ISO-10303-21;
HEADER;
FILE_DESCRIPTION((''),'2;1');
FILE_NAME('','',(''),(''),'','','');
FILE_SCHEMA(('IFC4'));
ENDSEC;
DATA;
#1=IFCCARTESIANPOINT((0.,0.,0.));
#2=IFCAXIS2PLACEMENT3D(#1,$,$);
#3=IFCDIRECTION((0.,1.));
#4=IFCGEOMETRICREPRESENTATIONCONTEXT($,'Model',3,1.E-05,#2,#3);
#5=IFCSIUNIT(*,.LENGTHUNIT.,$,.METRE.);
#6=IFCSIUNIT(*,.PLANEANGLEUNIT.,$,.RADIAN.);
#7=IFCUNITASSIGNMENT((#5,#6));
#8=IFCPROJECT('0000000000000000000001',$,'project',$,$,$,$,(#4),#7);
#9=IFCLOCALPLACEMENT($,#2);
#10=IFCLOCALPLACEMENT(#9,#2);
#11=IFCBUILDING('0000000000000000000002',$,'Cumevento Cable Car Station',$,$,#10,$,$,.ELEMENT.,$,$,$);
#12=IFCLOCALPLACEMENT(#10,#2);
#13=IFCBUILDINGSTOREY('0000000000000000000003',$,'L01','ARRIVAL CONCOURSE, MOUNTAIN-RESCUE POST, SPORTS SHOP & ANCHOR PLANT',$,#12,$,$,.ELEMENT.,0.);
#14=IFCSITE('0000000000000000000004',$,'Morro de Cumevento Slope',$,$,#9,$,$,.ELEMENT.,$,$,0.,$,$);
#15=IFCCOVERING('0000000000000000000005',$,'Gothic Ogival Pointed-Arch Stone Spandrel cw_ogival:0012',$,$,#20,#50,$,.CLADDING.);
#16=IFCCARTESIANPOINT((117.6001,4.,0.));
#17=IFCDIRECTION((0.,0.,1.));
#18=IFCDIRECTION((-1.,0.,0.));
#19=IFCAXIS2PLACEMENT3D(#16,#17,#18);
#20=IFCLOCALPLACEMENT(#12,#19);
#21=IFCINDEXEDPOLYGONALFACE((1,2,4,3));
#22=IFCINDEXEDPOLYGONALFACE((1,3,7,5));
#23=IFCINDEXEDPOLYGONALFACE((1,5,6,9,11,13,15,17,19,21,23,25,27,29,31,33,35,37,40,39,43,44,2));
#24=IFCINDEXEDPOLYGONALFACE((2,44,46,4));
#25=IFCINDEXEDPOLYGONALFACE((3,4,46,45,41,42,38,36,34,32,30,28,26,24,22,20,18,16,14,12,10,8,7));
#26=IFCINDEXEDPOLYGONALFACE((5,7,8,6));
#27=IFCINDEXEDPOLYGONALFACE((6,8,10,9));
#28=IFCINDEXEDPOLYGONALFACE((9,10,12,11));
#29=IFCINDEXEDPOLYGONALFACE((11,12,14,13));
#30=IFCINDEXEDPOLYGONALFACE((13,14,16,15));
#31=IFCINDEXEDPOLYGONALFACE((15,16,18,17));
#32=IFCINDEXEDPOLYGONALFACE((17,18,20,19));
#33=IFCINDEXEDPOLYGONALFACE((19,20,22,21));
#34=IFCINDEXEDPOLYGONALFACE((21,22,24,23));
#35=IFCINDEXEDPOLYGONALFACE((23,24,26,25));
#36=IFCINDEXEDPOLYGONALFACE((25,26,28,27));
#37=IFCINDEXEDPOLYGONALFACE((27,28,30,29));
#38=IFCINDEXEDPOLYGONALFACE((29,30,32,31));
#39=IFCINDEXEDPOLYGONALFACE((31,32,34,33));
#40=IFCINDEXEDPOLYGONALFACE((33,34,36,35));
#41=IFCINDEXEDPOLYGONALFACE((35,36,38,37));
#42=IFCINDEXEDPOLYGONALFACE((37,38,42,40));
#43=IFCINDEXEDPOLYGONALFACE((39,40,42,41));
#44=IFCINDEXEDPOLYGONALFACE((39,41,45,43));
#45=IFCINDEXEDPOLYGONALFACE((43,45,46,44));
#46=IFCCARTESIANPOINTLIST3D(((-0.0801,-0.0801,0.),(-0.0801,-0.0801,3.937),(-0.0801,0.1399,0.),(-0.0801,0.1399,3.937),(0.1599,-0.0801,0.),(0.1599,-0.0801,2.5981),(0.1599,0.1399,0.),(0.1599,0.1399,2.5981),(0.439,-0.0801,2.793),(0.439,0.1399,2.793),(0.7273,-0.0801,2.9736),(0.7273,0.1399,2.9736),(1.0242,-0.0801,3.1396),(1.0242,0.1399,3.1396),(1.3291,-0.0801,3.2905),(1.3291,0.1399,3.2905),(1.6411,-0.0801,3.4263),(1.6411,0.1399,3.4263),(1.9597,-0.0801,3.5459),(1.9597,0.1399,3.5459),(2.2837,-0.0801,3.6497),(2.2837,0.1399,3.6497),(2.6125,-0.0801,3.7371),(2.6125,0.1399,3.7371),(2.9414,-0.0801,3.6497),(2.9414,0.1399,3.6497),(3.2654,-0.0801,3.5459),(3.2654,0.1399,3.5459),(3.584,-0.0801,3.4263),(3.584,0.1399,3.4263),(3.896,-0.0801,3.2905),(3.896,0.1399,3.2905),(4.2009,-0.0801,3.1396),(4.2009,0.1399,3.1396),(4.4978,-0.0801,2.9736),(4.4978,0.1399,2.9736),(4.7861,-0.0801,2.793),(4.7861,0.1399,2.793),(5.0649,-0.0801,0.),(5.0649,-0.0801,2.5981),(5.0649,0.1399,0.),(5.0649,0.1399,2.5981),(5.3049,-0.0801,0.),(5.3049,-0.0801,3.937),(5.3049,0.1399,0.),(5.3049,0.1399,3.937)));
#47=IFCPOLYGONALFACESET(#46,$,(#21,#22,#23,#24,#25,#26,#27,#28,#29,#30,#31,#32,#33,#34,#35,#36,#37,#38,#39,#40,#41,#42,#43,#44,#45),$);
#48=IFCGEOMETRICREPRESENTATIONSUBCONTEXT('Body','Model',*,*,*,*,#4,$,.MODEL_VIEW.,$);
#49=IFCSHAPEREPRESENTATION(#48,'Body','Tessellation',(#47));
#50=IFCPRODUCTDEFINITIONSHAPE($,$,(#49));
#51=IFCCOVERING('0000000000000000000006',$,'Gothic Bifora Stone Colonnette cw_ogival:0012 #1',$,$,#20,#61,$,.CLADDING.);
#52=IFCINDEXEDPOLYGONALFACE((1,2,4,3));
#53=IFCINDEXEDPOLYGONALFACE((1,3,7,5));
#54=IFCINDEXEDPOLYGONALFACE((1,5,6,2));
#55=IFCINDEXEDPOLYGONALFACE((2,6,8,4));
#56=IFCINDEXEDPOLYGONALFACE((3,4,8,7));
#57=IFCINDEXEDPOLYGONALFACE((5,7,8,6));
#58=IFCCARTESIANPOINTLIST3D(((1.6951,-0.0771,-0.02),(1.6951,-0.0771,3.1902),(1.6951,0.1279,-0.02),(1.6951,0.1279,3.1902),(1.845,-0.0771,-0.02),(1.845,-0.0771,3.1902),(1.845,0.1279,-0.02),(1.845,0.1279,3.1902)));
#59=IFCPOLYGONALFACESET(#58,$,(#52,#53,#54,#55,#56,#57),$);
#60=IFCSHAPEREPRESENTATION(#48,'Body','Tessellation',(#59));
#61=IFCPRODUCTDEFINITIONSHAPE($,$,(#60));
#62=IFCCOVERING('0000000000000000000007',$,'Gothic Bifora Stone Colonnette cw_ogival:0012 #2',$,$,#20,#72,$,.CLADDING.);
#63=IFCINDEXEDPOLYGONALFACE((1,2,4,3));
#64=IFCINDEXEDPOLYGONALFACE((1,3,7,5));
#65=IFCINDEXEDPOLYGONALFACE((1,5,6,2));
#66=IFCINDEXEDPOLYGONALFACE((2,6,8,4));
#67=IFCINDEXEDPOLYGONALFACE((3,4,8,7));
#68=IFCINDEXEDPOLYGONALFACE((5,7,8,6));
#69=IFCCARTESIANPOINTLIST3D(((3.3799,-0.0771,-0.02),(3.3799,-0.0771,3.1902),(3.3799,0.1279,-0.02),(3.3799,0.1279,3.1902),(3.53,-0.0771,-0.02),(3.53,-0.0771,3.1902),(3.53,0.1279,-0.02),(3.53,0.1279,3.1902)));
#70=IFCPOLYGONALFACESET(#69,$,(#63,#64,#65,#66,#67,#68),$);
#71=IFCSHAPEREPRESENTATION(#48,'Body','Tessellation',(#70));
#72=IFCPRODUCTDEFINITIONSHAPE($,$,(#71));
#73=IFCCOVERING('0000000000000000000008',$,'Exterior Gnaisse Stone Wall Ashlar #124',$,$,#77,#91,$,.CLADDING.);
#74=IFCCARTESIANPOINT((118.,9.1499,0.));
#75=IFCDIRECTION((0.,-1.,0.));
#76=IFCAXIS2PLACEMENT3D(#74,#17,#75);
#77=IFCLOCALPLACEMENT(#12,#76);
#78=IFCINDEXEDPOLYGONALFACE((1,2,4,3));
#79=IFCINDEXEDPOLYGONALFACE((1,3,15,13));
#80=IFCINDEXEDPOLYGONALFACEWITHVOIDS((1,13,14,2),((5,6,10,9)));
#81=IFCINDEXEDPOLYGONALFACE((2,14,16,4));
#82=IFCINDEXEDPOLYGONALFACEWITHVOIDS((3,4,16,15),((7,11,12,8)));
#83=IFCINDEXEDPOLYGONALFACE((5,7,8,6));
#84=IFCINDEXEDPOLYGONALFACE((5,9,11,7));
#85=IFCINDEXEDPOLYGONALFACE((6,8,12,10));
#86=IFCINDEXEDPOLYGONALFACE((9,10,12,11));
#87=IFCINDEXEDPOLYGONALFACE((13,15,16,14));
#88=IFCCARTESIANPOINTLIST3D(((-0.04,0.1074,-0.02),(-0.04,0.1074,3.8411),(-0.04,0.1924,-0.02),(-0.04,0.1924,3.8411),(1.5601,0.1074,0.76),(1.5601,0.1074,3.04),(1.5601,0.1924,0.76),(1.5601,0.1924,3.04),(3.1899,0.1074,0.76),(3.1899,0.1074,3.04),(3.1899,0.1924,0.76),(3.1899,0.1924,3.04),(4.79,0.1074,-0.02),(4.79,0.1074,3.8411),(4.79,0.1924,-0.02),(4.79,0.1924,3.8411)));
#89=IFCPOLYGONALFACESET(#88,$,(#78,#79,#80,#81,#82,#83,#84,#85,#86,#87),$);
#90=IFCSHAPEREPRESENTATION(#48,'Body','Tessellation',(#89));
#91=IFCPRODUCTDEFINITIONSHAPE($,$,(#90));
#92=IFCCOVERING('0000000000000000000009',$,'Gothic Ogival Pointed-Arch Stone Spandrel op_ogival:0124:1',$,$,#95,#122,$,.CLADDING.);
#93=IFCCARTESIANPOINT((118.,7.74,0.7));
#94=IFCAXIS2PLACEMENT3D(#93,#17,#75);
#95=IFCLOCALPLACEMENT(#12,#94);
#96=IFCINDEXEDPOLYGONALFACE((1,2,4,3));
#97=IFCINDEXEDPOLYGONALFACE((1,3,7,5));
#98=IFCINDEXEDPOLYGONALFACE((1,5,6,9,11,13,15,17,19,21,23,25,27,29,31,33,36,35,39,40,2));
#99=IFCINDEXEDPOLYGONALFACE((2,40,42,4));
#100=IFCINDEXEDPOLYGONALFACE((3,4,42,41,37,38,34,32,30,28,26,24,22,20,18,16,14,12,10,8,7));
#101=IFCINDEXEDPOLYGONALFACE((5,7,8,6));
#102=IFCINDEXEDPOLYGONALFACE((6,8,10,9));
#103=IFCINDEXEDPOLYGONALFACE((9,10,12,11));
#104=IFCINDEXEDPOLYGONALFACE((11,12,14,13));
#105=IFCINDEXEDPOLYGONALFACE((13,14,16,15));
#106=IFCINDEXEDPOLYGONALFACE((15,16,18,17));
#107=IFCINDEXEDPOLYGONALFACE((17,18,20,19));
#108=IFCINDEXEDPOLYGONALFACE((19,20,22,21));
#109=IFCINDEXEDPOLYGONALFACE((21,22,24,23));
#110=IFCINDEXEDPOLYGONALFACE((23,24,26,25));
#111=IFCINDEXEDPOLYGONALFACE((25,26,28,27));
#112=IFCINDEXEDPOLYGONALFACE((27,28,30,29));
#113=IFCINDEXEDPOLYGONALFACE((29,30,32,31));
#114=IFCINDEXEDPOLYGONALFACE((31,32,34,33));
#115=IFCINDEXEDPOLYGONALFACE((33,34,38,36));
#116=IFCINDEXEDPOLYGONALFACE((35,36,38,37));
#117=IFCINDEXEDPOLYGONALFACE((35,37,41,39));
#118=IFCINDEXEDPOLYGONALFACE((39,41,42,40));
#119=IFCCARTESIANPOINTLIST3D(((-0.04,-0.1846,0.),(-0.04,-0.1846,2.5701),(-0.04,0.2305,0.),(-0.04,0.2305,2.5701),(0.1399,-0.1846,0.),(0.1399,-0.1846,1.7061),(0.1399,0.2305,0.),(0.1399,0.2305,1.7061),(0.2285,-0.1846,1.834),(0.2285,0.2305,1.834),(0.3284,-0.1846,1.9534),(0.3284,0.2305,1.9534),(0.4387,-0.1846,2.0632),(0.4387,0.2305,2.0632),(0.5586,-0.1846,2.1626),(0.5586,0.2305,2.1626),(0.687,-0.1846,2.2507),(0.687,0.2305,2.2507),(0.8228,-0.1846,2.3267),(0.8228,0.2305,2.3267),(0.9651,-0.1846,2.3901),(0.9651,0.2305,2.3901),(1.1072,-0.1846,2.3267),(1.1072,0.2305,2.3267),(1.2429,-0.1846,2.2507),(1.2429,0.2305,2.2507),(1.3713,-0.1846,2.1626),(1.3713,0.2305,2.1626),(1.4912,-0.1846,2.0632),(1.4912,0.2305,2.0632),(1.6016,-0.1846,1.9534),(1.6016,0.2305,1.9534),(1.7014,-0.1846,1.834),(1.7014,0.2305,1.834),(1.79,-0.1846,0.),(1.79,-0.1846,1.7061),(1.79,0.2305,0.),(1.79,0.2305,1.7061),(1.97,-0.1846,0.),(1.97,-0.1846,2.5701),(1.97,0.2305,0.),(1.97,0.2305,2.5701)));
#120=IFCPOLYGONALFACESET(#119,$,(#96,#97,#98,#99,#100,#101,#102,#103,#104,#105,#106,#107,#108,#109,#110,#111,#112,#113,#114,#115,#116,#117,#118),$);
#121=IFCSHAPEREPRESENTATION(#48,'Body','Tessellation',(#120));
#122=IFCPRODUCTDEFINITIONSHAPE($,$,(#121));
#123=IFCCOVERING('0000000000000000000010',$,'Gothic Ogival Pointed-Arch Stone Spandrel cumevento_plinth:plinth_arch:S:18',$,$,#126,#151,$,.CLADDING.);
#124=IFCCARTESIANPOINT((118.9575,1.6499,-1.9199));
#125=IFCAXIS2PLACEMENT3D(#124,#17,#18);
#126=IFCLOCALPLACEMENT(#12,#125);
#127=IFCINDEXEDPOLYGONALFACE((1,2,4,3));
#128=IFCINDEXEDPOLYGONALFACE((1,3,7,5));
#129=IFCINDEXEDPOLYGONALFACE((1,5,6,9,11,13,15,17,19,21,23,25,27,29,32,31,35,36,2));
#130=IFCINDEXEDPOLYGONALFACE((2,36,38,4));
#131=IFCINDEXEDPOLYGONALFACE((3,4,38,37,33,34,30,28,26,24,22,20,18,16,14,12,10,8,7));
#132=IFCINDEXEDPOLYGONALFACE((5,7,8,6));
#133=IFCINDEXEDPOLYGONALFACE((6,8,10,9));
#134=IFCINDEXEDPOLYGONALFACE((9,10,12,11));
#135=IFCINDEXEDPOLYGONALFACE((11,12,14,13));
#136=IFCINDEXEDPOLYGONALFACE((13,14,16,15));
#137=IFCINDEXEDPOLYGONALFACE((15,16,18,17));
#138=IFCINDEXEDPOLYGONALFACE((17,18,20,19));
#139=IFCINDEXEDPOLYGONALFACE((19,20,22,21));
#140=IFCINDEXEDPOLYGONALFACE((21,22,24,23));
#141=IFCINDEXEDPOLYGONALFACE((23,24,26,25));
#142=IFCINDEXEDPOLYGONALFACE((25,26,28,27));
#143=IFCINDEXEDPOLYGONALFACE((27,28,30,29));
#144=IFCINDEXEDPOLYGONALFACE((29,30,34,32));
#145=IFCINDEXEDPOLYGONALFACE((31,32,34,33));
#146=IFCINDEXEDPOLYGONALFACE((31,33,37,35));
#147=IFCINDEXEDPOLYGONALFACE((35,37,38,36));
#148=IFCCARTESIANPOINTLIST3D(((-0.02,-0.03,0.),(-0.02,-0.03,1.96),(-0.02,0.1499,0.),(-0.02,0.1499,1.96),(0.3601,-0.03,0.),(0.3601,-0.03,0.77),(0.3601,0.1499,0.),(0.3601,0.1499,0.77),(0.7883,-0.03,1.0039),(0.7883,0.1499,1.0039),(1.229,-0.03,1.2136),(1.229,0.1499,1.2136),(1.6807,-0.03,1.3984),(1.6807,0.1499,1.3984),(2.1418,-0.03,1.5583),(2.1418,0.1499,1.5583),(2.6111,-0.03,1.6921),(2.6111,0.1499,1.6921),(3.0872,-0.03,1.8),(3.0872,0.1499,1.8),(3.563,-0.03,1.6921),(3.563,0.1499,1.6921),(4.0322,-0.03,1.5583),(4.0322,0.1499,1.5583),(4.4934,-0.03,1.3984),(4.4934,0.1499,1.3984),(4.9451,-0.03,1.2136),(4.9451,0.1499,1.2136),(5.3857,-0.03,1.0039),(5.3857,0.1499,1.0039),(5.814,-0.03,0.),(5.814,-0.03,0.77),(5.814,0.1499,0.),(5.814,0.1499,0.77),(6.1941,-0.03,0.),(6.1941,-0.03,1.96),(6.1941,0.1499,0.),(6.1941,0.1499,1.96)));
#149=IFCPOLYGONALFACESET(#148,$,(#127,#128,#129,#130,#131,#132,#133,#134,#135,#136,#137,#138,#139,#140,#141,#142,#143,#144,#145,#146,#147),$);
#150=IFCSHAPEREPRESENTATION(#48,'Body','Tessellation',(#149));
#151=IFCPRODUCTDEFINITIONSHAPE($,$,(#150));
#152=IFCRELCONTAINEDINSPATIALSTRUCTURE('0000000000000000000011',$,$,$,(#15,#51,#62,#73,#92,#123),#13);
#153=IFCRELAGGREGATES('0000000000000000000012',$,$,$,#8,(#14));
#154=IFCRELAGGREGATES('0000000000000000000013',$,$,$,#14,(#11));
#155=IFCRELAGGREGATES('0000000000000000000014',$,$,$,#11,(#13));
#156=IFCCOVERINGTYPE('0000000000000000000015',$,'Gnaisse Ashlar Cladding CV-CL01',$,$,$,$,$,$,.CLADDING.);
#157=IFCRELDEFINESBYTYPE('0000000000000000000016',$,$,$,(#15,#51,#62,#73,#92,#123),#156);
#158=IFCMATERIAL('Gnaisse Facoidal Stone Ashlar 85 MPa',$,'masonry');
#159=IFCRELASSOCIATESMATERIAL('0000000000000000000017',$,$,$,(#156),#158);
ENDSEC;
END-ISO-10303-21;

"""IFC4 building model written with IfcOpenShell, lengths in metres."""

from ifc_helpers import new_model, si_unit, direction, frame, origin, place, context, subcontext, project, spatial, polyline, outline, extrude, material, type_object, element, save


model = new_model("IFC4")

# Units and contexts
model_context = context("Model", 3, precision=1e-05, world=origin(), true_north=direction((0.0, 1.0)))
body_context = subcontext(model_context, "Body", "Model", "MODEL_VIEW")
ifc_project = project(units=[si_unit("LENGTHUNIT", "METRE"), si_unit("PLANEANGLEUNIT", "RADIAN")], contexts=[model_context])

# Site, building, storey
site_placement = place(None, origin())
site = spatial("IfcSite", under=ifc_project, at=site_placement, Name="Morro de Cumevento Slope", CompositionType="ELEMENT", RefElevation=0.0)
building_placement = place(site_placement, origin())
building = spatial("IfcBuilding", under=site, at=building_placement, Name="Cumevento Cable Car Station", CompositionType="ELEMENT")
storey_placement = place(building_placement, origin())
storey = spatial("IfcBuildingStorey", under=building, at=storey_placement, Name="L01", Description="ARRIVAL CONCOURSE, MOUNTAIN-RESCUE POST, SPORTS SHOP & ANCHOR PLANT", CompositionType="ELEMENT", Elevation=0.0)

# Coverings
ifc_material_1 = material(Name="Gnaisse Facoidal Stone Ashlar 85 MPa", Category="masonry")
covering_type = type_object("IfcCoveringType", Name="Gnaisse Ashlar Cladding CV-CL01", PredefinedType="CLADDING", material=ifc_material_1)
placement = place(storey_placement, frame((117.6001, 4.0, 0.0), z_axis=(0.0, 0.0, 1.0), x_axis=(-1.0, 0.0, 0.0)))
element("IfcCovering", 1, at=placement, inside=storey, type_object=covering_type, Name="Gothic Ogival Pointed-Arch Stone Spandrel cw_ogival:0012", PredefinedType="CLADDING", context=body_context, shape_type="SweptSolid", body=[
    extrude(outline(polyline([(-0.0801, 0.0), (-0.0801, 3.937), (5.3049, 3.937), (5.3049, 0.0), (5.0649, 0.0), (5.0649, 2.5981), (4.7861, 2.793), (4.4978, 2.9736), (4.2009, 3.1396), (3.896, 3.2905), (3.584, 3.4263), (3.2654, 3.5459), (2.9414, 3.6497), (2.6125, 3.7371), (2.2837, 3.6497), (1.9597, 3.5459), (1.6411, 3.4263), (1.3291, 3.2905), (1.0242, 3.1396), (0.7273, 2.9736), (0.439, 2.793), (0.1599, 2.5981), (0.1599, 0.0), (-0.0801, 0.0)])), frame((0.0, 0.1399, 0.0), z_axis=(0.0, -1.0, 0.0), x_axis=(1.0, 0.0, 0.0)), (0.0, 0.0, 1.0), 0.22),
])
element("IfcCovering", 2, at=placement, inside=storey, type_object=covering_type, Name="Gothic Bifora Stone Colonnette cw_ogival:0012 #1", PredefinedType="CLADDING", context=body_context, shape_type="SweptSolid", body=[
    extrude(outline(polyline([(1.6951, -0.02), (1.845, -0.02), (1.845, 3.1902), (1.6951, 3.1902), (1.6951, -0.02)])), frame((0.0, 0.1279, 0.0), z_axis=(0.0, -1.0, 0.0), x_axis=(1.0, 0.0, 0.0)), (0.0, 0.0, 1.0), 0.2051),
])
element("IfcCovering", 3, at=placement, inside=storey, type_object=covering_type, Name="Gothic Bifora Stone Colonnette cw_ogival:0012 #2", PredefinedType="CLADDING", context=body_context, shape_type="SweptSolid", body=[
    extrude(outline(polyline([(3.3799, -0.02), (3.53, -0.02), (3.53, 3.1902), (3.3799, 3.1902), (3.3799, -0.02)])), frame((0.0, 0.1279, 0.0), z_axis=(0.0, -1.0, 0.0), x_axis=(1.0, 0.0, 0.0)), (0.0, 0.0, 1.0), 0.2051),
])
covering_1_placement = place(storey_placement, frame((118.0, 9.1499, 0.0), z_axis=(0.0, 0.0, 1.0), x_axis=(0.0, -1.0, 0.0)))
element("IfcCovering", 4, at=covering_1_placement, inside=storey, type_object=covering_type, Name="Exterior Gnaisse Stone Wall Ashlar #124", PredefinedType="CLADDING", context=body_context, shape_type="SweptSolid", body=[
    extrude(outline(polyline([(-0.04, -0.02), (4.79, -0.02), (4.79, 3.8411), (-0.04, 3.8411), (-0.04, -0.02)]), holes=[polyline([(1.5601, 0.76), (3.1899, 0.76), (3.1899, 3.04), (1.5601, 3.04), (1.5601, 0.76)])]), frame((0.0, 0.1924, 0.0), z_axis=(0.0, -1.0, 0.0), x_axis=(1.0, 0.0, 0.0)), (0.0, 0.0, 1.0), 0.085),
])
covering_2_placement = place(storey_placement, frame((118.0, 7.74, 0.7), z_axis=(0.0, 0.0, 1.0), x_axis=(0.0, -1.0, 0.0)))
element("IfcCovering", 5, at=covering_2_placement, inside=storey, type_object=covering_type, Name="Gothic Ogival Pointed-Arch Stone Spandrel op_ogival:0124:1", PredefinedType="CLADDING", context=body_context, shape_type="SweptSolid", body=[
    extrude(outline(polyline([(-0.04, 0.0), (-0.04, 2.5701), (1.97, 2.5701), (1.97, 0.0), (1.79, 0.0), (1.79, 1.7061), (1.7014, 1.834), (1.6016, 1.9534), (1.4912, 2.0632), (1.3713, 2.1626), (1.2429, 2.2507), (1.1072, 2.3267), (0.9651, 2.3901), (0.8228, 2.3267), (0.687, 2.2507), (0.5586, 2.1626), (0.4387, 2.0632), (0.3284, 1.9534), (0.2285, 1.834), (0.1399, 1.7061), (0.1399, 0.0), (-0.04, 0.0)])), frame((0.0, 0.2305, 0.0), z_axis=(0.0, -1.0, 0.0), x_axis=(1.0, 0.0, 0.0)), (0.0, 0.0, 1.0), 0.415),
])
covering_3_placement = place(storey_placement, frame((118.9575, 1.6499, -1.9199), z_axis=(0.0, 0.0, 1.0), x_axis=(-1.0, 0.0, 0.0)))
element("IfcCovering", 6, at=covering_3_placement, inside=storey, type_object=covering_type, Name="Gothic Ogival Pointed-Arch Stone Spandrel cumevento_plinth:plinth_arch:S:18", PredefinedType="CLADDING", context=body_context, shape_type="SweptSolid", body=[
    extrude(outline(polyline([(-0.02, 0.0), (-0.02, 1.96), (6.1941, 1.96), (6.1941, 0.0), (5.814, 0.0), (5.814, 0.77), (5.3857, 1.0039), (4.9451, 1.2136), (4.4934, 1.3984), (4.0322, 1.5583), (3.563, 1.6921), (3.0872, 1.8), (2.6111, 1.6921), (2.1418, 1.5583), (1.6807, 1.3984), (1.229, 1.2136), (0.7883, 1.0039), (0.3601, 0.77), (0.3601, 0.0), (-0.02, 0.0)])), frame((0.0, 0.1499, 0.0), z_axis=(0.0, -1.0, 0.0), x_axis=(1.0, 0.0, 0.0)), (0.0, 0.0, 1.0), 0.1799),
])

save(model, "model.ifc")
